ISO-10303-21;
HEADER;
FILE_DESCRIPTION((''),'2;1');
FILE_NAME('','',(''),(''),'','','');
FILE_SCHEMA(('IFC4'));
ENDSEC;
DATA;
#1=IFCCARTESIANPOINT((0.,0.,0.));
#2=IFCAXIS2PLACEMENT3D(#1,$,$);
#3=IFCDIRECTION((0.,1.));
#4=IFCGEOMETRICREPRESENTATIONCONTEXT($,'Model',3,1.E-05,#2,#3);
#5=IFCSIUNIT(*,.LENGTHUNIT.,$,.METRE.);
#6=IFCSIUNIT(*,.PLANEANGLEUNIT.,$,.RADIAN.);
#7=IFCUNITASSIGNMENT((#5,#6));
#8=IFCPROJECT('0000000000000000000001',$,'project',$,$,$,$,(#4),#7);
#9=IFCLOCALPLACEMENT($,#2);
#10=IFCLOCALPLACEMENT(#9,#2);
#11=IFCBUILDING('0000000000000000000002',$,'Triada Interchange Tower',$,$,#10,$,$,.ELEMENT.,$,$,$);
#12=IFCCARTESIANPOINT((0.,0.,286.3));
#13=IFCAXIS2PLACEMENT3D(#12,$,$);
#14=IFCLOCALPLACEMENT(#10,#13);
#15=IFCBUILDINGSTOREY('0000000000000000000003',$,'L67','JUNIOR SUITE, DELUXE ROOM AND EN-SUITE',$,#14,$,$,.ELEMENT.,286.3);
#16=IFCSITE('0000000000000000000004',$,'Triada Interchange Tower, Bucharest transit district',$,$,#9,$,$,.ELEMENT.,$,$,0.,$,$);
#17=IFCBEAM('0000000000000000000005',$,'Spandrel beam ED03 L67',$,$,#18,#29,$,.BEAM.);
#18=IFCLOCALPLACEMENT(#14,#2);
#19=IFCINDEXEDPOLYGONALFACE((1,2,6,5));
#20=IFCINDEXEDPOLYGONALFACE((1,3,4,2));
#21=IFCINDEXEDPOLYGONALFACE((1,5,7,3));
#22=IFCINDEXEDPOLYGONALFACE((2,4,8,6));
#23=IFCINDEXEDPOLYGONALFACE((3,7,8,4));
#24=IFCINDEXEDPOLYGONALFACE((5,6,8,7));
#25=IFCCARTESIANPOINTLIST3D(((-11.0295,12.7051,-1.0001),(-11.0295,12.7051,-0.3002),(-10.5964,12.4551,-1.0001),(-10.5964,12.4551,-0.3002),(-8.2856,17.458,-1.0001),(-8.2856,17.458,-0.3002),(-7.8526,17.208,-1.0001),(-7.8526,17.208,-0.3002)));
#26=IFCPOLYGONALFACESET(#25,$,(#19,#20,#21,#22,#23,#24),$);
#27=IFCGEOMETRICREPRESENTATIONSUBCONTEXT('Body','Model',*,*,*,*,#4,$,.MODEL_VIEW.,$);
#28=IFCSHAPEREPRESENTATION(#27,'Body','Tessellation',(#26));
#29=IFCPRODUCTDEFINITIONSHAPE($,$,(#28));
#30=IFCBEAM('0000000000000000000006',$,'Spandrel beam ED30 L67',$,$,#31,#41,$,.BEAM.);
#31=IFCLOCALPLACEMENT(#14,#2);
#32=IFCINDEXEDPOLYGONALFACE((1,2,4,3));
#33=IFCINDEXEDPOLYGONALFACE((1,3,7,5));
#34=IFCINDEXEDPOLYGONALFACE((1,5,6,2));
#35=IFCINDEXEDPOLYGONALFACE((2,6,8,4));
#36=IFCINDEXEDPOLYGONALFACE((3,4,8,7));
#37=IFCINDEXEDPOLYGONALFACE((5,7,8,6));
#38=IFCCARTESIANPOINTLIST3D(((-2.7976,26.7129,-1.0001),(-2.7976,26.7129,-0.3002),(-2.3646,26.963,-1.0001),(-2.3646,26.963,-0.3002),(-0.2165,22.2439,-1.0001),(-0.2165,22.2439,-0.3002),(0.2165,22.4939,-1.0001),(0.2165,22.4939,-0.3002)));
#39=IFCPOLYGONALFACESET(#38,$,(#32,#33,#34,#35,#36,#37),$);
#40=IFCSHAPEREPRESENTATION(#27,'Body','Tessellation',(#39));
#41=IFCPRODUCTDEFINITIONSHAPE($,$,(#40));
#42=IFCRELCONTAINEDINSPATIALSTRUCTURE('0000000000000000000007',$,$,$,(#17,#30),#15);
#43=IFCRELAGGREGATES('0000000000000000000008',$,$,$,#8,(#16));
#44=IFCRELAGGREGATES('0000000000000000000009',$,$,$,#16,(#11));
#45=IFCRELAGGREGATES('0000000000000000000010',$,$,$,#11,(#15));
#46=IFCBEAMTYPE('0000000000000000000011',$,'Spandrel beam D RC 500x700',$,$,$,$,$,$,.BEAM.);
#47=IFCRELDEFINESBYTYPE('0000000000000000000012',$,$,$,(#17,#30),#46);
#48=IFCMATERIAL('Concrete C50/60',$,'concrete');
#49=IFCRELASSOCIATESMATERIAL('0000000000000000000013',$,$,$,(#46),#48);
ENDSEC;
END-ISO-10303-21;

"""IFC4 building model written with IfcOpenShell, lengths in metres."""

from ifc_helpers import new_model, si_unit, direction, frame, origin, origin_2d, place, context, subcontext, project, spatial, rectangle, extrude, material, material_profile, profile_set, type_object, element, save


model = new_model("IFC4")

# Units and contexts
model_context = context("Model", 3, precision=1e-05, world=origin(), true_north=direction((0.0, 1.0)))
body_context = subcontext(model_context, "Body", "Model", "MODEL_VIEW")
ifc_project = project(units=[si_unit("LENGTHUNIT", "METRE"), si_unit("PLANEANGLEUNIT", "RADIAN")], contexts=[model_context])

# Site, building, storey
site_placement = place(None, origin())
site = spatial("IfcSite", under=ifc_project, at=site_placement, Name="Triada Interchange Tower, Bucharest transit district", CompositionType="ELEMENT", RefElevation=0.0)
building_placement = place(site_placement, origin())
building = spatial("IfcBuilding", under=site, at=building_placement, Name="Triada Interchange Tower", CompositionType="ELEMENT")
storey_placement = place(building_placement, frame((0.0, 0.0, 286.3)))
storey = spatial("IfcBuildingStorey", under=building, at=storey_placement, Name="L67", Description="JUNIOR SUITE, DELUXE ROOM AND EN-SUITE", CompositionType="ELEMENT", Elevation=286.3)

# Beams
ifc_material_1 = material(Name="Concrete C50/60", Category="concrete")
ifc_material_profile_1 = material_profile(ifc_material_1, rectangle(XDim=0.5, YDim=0.7, at=origin_2d()), Name="RC 500x700")
ifc_profile_set_1 = profile_set([ifc_material_profile_1], Name="Concrete C50/60")
beam_type_1 = type_object("IfcBeamType", Name="Spandrel beam D RC 500x700", PredefinedType="BEAM", material=ifc_profile_set_1)
beam_1_placement = place(storey_placement, frame((-8.0691, 17.333, -0.6501), z_axis=(-0.499971, -0.866042, 0.0), x_axis=(0.866042, -0.499971, 0.0)))
element("IfcBeam", 1, at=beam_1_placement, inside=storey, type_object=beam_type_1, Name="Spandrel beam ED03 L67", PredefinedType="BEAM", context=body_context, shape_type="SweptSolid", body=[
    extrude(rectangle(XDim=0.5, YDim=0.7, at=origin_2d()), origin(), (0.0, 0.0, 1.0), 5.488),
])
beam_2_placement = place(storey_placement, frame((0.0, 22.3689, -0.6501), z_axis=(-0.500128, 0.865952, 0.0), x_axis=(-0.865952, -0.500128, 0.0)))
element("IfcBeam", 2, at=beam_2_placement, inside=storey, type_object=beam_type_1, Name="Spandrel beam ED30 L67", PredefinedType="BEAM", context=body_context, shape_type="SweptSolid", body=[
    extrude(rectangle(XDim=0.5, YDim=0.7, at=origin_2d()), origin(), (0.0, 0.0, 1.0), 5.1609),
])

save(model, "model.ifc")
